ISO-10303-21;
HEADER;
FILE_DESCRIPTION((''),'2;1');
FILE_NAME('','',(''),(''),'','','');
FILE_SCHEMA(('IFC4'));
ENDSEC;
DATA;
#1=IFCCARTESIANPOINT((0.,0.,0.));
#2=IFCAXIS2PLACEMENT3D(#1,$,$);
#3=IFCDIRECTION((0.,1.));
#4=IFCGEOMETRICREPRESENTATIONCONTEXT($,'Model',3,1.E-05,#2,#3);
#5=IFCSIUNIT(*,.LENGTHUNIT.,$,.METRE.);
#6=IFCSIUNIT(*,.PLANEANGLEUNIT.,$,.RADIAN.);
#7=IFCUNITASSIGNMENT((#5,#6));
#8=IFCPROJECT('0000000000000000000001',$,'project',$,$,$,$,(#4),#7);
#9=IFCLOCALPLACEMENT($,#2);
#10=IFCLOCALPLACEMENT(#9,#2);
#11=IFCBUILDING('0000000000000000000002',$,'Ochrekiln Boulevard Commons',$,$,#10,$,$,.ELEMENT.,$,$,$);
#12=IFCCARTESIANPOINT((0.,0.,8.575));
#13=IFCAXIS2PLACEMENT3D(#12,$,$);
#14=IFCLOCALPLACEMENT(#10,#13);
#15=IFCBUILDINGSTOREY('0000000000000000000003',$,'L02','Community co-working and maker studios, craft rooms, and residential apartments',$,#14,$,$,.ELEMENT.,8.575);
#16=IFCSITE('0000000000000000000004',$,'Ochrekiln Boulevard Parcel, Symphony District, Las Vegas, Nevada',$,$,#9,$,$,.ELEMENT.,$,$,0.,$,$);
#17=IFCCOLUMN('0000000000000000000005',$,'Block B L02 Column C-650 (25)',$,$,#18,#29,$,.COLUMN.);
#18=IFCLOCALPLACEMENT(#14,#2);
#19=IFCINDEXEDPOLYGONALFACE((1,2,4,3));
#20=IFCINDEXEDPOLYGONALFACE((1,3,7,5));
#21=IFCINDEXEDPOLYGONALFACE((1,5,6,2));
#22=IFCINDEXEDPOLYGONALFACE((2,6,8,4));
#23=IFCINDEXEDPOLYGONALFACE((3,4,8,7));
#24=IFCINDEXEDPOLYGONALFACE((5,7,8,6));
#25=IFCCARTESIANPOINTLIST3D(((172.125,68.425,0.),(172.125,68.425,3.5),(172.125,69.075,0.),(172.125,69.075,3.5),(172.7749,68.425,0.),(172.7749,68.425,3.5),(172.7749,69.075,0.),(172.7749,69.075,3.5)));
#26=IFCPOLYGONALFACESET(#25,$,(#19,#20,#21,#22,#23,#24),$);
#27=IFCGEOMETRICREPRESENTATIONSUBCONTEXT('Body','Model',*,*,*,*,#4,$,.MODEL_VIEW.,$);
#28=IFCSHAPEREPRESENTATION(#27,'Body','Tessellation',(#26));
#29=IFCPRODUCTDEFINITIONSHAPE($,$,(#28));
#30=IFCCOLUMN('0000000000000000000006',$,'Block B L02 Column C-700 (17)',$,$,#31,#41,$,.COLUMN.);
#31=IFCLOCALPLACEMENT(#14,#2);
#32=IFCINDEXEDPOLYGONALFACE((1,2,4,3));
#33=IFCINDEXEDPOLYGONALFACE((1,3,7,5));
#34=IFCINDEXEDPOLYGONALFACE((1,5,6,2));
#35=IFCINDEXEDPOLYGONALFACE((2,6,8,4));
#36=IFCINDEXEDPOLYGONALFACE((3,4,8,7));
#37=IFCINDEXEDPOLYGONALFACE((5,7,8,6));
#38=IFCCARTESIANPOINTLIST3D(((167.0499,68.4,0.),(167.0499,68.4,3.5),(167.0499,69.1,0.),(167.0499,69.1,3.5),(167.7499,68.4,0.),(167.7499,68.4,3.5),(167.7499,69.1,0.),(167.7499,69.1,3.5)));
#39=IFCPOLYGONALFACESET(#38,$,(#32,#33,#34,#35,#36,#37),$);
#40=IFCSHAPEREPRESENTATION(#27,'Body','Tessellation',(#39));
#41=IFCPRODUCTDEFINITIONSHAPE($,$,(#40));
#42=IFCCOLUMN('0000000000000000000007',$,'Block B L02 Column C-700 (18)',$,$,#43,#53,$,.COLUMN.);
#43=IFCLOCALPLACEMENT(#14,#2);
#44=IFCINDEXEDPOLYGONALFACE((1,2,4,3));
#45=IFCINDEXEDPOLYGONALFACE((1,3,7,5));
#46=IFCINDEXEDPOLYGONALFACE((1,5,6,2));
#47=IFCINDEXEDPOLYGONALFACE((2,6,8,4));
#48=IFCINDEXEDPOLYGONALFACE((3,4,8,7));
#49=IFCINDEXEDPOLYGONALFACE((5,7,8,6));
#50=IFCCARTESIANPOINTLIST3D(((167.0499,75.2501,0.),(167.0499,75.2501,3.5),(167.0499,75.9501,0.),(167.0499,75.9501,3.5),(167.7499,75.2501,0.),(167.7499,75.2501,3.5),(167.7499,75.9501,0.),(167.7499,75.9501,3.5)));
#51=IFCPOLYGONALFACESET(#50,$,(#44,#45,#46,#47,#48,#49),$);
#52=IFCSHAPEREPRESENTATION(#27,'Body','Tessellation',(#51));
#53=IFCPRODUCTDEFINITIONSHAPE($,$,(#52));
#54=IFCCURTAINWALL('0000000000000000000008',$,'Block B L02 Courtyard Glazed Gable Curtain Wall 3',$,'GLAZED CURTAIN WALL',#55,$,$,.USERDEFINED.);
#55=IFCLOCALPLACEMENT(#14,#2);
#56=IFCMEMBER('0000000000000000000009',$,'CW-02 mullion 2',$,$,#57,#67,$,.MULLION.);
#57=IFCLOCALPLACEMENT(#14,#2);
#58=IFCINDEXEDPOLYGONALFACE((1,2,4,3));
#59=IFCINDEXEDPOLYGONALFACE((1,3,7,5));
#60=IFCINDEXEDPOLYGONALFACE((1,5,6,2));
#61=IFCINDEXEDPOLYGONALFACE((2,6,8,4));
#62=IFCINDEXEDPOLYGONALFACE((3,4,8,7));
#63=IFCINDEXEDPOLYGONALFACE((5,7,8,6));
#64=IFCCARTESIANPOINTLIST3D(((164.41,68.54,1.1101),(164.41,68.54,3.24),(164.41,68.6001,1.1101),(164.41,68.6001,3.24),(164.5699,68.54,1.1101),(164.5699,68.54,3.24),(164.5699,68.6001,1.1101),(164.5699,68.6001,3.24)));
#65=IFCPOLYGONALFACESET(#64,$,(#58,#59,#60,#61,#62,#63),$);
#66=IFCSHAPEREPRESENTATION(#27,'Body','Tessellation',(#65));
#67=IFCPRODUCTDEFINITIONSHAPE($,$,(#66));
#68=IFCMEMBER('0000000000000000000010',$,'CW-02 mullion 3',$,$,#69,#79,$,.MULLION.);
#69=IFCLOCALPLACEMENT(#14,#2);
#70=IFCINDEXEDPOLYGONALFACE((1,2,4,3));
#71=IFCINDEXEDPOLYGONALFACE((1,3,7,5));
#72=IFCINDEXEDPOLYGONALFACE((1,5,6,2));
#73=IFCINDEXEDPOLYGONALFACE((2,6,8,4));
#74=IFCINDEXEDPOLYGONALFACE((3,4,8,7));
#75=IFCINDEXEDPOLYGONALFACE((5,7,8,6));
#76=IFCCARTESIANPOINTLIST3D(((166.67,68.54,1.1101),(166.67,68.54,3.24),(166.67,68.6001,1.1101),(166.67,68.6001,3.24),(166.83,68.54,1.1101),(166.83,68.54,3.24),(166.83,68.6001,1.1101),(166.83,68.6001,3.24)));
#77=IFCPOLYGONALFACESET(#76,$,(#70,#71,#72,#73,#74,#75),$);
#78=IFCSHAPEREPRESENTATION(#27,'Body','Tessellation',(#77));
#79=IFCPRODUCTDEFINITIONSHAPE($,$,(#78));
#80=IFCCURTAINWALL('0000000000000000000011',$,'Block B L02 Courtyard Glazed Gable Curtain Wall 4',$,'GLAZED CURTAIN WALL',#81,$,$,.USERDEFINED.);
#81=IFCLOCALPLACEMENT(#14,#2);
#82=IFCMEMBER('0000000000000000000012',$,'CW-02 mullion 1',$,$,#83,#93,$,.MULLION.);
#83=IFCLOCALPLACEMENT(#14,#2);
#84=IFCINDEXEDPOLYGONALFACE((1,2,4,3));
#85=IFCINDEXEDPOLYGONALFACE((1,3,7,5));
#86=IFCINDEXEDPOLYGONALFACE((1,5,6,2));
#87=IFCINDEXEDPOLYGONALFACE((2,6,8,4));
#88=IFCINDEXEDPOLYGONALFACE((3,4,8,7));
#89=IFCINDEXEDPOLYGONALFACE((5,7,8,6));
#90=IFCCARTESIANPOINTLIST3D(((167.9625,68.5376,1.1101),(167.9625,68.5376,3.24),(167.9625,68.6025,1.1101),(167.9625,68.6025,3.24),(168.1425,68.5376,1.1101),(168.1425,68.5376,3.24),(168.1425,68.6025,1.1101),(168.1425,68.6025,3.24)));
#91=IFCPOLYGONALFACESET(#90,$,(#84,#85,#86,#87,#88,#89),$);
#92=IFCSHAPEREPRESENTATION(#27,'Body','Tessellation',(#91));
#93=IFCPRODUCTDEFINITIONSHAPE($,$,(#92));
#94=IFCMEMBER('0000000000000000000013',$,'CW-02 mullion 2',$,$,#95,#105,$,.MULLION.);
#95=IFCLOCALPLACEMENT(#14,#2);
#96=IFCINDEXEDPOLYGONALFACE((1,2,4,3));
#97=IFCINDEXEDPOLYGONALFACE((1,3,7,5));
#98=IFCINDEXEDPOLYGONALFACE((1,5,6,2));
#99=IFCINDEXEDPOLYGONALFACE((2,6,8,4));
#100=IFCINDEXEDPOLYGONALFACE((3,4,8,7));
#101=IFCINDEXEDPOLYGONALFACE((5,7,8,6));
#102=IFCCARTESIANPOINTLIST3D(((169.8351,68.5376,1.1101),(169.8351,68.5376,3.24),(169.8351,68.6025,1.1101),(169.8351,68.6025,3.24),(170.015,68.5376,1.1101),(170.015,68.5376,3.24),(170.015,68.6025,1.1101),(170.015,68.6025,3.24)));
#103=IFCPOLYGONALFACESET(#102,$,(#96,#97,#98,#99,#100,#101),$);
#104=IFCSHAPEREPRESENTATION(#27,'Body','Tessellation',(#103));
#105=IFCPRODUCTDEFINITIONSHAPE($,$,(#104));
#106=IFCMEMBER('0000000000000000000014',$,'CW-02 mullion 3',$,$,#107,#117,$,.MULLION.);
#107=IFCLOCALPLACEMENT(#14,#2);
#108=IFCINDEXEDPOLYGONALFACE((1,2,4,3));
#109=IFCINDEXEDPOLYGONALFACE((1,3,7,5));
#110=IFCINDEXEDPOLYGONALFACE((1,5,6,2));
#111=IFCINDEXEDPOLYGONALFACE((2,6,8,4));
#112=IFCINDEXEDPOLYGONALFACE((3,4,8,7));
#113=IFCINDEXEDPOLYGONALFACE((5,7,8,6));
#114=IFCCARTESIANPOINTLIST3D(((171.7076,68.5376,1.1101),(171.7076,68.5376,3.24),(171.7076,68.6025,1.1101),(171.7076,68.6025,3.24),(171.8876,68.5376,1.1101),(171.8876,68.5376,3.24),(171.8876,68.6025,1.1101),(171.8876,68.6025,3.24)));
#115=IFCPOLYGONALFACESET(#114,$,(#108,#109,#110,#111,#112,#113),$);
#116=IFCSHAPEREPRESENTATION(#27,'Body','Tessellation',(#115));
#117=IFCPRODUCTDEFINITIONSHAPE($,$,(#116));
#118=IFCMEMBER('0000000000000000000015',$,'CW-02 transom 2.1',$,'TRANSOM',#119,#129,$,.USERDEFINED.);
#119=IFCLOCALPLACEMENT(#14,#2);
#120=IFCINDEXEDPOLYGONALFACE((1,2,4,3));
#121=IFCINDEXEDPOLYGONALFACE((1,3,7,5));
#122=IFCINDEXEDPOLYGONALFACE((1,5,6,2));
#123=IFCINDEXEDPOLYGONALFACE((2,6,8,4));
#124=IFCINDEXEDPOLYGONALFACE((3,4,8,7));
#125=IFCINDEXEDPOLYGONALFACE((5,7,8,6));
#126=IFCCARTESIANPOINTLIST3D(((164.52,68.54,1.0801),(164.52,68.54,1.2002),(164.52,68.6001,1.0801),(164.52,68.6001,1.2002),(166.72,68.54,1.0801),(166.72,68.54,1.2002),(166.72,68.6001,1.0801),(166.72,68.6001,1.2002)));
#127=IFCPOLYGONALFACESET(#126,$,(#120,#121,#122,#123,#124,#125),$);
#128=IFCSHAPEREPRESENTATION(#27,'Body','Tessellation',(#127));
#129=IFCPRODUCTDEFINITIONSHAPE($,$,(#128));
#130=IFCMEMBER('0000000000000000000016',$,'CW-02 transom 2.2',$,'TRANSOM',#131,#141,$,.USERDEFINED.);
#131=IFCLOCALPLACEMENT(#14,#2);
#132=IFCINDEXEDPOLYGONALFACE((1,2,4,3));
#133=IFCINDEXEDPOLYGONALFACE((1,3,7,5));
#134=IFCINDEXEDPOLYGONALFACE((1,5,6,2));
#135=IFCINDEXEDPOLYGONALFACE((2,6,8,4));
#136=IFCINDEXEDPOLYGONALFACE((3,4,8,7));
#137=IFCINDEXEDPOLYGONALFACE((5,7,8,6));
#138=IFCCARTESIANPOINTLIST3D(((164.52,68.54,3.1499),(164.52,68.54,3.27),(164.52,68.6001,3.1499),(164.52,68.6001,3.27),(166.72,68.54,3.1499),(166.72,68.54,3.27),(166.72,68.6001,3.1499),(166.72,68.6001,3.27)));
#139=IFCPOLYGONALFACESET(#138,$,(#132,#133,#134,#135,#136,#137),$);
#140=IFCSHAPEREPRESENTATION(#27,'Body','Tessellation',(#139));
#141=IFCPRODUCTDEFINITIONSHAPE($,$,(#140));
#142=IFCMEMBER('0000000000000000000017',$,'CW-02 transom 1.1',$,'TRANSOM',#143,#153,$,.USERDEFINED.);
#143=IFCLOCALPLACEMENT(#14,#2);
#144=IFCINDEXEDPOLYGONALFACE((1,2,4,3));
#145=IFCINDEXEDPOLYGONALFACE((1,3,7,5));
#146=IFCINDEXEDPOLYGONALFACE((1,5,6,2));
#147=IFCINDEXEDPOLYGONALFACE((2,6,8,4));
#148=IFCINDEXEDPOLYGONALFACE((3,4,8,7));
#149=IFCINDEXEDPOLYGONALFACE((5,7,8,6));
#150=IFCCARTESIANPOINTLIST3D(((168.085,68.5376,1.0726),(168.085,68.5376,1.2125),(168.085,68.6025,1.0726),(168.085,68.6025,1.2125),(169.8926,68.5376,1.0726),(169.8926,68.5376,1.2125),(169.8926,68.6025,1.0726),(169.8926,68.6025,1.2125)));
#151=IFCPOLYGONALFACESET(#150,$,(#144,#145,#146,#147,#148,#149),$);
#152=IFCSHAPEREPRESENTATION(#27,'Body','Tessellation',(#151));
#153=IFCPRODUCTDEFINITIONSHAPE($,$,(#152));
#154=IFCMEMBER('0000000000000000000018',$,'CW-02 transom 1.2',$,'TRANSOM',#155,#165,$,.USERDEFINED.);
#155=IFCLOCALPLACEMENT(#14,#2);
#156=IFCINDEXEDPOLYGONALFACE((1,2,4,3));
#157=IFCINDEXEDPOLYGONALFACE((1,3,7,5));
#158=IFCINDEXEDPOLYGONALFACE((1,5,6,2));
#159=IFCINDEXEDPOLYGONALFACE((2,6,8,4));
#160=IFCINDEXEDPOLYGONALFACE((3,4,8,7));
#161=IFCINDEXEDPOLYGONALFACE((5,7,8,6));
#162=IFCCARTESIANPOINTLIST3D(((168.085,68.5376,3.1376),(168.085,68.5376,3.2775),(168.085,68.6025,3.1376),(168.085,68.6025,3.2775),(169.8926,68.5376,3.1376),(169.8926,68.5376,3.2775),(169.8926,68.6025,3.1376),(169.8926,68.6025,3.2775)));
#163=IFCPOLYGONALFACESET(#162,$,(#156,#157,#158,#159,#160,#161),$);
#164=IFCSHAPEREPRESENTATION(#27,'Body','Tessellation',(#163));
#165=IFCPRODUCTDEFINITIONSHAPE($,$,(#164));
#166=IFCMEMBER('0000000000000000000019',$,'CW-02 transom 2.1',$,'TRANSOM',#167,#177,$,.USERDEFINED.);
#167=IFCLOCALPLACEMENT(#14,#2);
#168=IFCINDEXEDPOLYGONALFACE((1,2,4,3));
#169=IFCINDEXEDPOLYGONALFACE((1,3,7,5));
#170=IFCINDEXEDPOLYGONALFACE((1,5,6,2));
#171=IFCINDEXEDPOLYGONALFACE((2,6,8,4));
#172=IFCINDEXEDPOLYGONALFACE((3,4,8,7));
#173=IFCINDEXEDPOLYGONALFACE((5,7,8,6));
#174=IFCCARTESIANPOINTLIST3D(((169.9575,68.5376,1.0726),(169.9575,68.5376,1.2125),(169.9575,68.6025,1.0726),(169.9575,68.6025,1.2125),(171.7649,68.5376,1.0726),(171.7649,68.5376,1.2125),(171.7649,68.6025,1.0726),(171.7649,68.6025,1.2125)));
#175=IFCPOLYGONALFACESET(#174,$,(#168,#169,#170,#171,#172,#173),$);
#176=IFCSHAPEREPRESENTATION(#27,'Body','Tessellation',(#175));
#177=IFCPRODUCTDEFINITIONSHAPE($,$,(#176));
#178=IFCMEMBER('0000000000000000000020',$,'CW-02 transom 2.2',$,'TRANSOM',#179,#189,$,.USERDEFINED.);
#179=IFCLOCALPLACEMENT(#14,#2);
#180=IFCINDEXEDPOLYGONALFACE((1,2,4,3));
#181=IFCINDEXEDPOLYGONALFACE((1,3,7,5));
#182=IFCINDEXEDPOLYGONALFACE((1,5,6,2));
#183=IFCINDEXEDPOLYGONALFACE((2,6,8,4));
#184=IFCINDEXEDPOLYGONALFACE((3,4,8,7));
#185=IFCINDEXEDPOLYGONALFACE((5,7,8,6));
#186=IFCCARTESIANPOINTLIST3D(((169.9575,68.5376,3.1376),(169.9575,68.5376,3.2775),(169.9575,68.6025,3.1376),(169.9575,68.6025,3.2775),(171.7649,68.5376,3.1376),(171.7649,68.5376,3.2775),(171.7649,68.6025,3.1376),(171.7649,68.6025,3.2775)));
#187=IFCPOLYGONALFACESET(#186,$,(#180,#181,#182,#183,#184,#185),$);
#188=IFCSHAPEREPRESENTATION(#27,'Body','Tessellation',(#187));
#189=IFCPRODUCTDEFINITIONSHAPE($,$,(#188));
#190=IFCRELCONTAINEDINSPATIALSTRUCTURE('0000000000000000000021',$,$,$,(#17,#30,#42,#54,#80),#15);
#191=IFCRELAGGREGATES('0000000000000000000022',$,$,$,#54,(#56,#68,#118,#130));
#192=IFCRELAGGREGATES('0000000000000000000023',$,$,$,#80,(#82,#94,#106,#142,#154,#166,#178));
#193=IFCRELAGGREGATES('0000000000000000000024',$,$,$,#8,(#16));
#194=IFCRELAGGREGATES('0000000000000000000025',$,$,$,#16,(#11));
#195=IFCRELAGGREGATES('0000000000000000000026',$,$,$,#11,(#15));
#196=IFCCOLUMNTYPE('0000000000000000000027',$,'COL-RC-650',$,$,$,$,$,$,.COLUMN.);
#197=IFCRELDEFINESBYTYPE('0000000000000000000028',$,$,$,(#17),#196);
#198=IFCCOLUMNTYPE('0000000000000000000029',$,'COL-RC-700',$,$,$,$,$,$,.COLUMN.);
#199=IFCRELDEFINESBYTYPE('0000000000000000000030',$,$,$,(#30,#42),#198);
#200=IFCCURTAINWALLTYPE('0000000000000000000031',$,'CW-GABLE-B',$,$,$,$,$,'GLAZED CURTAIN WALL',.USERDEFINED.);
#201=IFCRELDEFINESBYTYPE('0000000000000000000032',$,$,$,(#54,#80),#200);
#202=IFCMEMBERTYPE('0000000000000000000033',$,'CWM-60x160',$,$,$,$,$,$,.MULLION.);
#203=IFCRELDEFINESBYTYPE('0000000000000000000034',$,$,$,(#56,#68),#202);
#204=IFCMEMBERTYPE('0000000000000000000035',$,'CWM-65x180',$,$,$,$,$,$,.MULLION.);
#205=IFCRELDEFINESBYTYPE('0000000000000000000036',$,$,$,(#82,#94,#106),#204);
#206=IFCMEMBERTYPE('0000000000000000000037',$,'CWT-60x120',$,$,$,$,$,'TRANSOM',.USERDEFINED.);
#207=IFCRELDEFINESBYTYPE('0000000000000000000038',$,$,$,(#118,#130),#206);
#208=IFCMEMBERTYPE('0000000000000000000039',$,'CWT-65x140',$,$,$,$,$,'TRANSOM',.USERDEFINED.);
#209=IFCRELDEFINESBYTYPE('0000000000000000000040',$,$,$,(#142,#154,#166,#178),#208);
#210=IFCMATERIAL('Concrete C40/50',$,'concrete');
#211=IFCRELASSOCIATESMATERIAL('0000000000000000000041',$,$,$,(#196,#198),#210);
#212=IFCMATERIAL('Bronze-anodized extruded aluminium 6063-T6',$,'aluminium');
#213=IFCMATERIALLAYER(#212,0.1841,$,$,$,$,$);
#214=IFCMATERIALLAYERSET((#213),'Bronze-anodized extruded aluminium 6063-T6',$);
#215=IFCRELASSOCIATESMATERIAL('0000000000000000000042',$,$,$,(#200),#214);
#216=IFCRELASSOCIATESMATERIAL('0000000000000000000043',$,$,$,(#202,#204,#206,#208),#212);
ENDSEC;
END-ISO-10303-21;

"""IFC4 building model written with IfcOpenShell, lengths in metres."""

from ifc_helpers import new_model, si_unit, direction, frame, origin, origin_2d, place, context, subcontext, project, spatial, rectangle, extrude, material, layer, layer_set, material_profile, profile_set, type_object, element, aggregate, save


model = new_model("IFC4")

# Units and contexts
model_context = context("Model", 3, precision=1e-05, world=origin(), true_north=direction((0.0, 1.0)))
body_context = subcontext(model_context, "Body", "Model", "MODEL_VIEW")
ifc_project = project(units=[si_unit("LENGTHUNIT", "METRE"), si_unit("PLANEANGLEUNIT", "RADIAN")], contexts=[model_context])

# Site, building, storey
site_placement = place(None, origin())
site = spatial("IfcSite", under=ifc_project, at=site_placement, Name="Ochrekiln Boulevard Parcel, Symphony District, Las Vegas, Nevada", CompositionType="ELEMENT", RefElevation=0.0)
building_placement = place(site_placement, origin())
building = spatial("IfcBuilding", under=site, at=building_placement, Name="Ochrekiln Boulevard Commons", CompositionType="ELEMENT")
storey_placement = place(building_placement, frame((0.0, 0.0, 8.575)))
storey = spatial("IfcBuildingStorey", under=building, at=storey_placement, Name="L02", Description="Community co-working and maker studios, craft rooms, and residential apartments", CompositionType="ELEMENT", Elevation=8.575)

# Columns
ifc_material_1 = material(Name="Concrete C40/50", Category="concrete")
ifc_material_profile_1 = material_profile(ifc_material_1, rectangle(XDim=0.6499, YDim=0.6499, at=origin_2d()), Name="RC-COL-650x650")
ifc_profile_set_1 = profile_set([ifc_material_profile_1], Name="Concrete C40/50")
column_type_1 = type_object("IfcColumnType", Name="COL-RC-650", PredefinedType="COLUMN", material=ifc_profile_set_1)
column_placement = place(storey_placement, frame((172.45, 68.75, 0.0), z_axis=(0.0, 0.0, 1.0), x_axis=(1.0, 0.0, 0.0)))
element("IfcColumn", 1, at=column_placement, inside=storey, type_object=column_type_1, Name="Block B L02 Column C-650 (25)", PredefinedType="COLUMN", context=body_context, shape_type="SweptSolid", body=[
    extrude(rectangle(XDim=0.6499, YDim=0.6499, at=origin_2d()), origin(), (0.0, 0.0, 1.0), 3.5),
])
ifc_material_profile_2 = material_profile(ifc_material_1, rectangle(XDim=0.7, YDim=0.7, at=origin_2d()), Name="RC-COL-700x700")
ifc_profile_set_2 = profile_set([ifc_material_profile_2], Name="Concrete C40/50")
column_type_2 = type_object("IfcColumnType", Name="COL-RC-700", PredefinedType="COLUMN", material=ifc_profile_set_2)
for number, where, z_axis, x_axis, name in (
    (2, (167.3999, 68.75, 0.0), (0.0, 0.0, 1.0), (1.0, 0.0, 0.0), "Block B L02 Column C-700 (17)"),
    (3, (167.3999, 75.6001, 0.0), (0.0, 0.0, 1.0), (1.0, 0.0, 0.0), "Block B L02 Column C-700 (18)"),
):
    element("IfcColumn", number, at=place(storey_placement, frame(where, z_axis=z_axis, x_axis=x_axis)), inside=storey, type_object=column_type_2, Name=name, PredefinedType="COLUMN", context=body_context, shape_type="SweptSolid", body=[
        extrude(rectangle(XDim=0.7, YDim=0.7, at=origin_2d()), origin(), (0.0, 0.0, 1.0), 3.5),
    ])

# Curtain walls, members
ifc_material_2 = material(Name="Bronze-anodized extruded aluminium 6063-T6", Category="aluminium")
ifc_layer_1 = layer(ifc_material_2, 0.1841)
ifc_layer_set_1 = layer_set([ifc_layer_1], Name="Bronze-anodized extruded aluminium 6063-T6")
curtain_wall_type = type_object("IfcCurtainWallType", Name="CW-GABLE-B", ElementType="GLAZED CURTAIN WALL", PredefinedType="USERDEFINED", material=ifc_layer_set_1)
curtain_wall_1_placement = place(storey_placement, origin())
curtain_wall_1 = element("IfcCurtainWall", 4, at=curtain_wall_1_placement, inside=storey, type_object=curtain_wall_type, Name="Block B L02 Courtyard Glazed Gable Curtain Wall 3", ObjectType="GLAZED CURTAIN WALL", PredefinedType="USERDEFINED")
ifc_material_profile_3 = material_profile(ifc_material_2, rectangle(XDim=0.0601, YDim=0.1599, at=origin_2d()), Name="ALU-MUL-60x160")
ifc_profile_set_3 = profile_set([ifc_material_profile_3], Name="Bronze-anodized extruded aluminium 6063-T6")
member_type_1 = type_object("IfcMemberType", Name="CWM-60x160", PredefinedType="MULLION", material=ifc_profile_set_3)
member_1_placement = place(storey_placement, frame((164.49, 68.5701, 1.1101), z_axis=(0.0, 0.0, 1.0), x_axis=(0.0, 1.0, 0.0)))
member_1 = element("IfcMember", 5, at=member_1_placement, type_object=member_type_1, Name="CW-02 mullion 2", PredefinedType="MULLION", context=body_context, shape_type="SweptSolid", body=[
    extrude(rectangle(XDim=0.0601, YDim=0.1599, at=origin_2d()), origin(), (0.0, 0.0, 1.0), 2.1299),
])
member_2_placement = place(storey_placement, frame((166.75, 68.5701, 1.1101), z_axis=(0.0, 0.0, 1.0), x_axis=(0.0, 1.0, 0.0)))
member_2 = element("IfcMember", 6, at=member_2_placement, type_object=member_type_1, Name="CW-02 mullion 3", PredefinedType="MULLION", context=body_context, shape_type="SweptSolid", body=[
    extrude(rectangle(XDim=0.0601, YDim=0.1599, at=origin_2d()), origin(), (0.0, 0.0, 1.0), 2.1299),
])
curtain_wall_2_placement = place(storey_placement, origin())
curtain_wall_2 = element("IfcCurtainWall", 7, at=curtain_wall_2_placement, inside=storey, type_object=curtain_wall_type, Name="Block B L02 Courtyard Glazed Gable Curtain Wall 4", ObjectType="GLAZED CURTAIN WALL", PredefinedType="USERDEFINED")
ifc_material_profile_4 = material_profile(ifc_material_2, rectangle(XDim=0.0649, YDim=0.1799, at=origin_2d()), Name="ALU-MUL-65x180")
ifc_profile_set_4 = profile_set([ifc_material_profile_4], Name="Bronze-anodized extruded aluminium 6063-T6")
member_type_2 = type_object("IfcMemberType", Name="CWM-65x180", PredefinedType="MULLION", material=ifc_profile_set_4)
member_3_placement = place(storey_placement, frame((168.0525, 68.5701, 1.1101), z_axis=(0.0, 0.0, 1.0), x_axis=(0.0, 1.0, 0.0)))
member_3 = element("IfcMember", 8, at=member_3_placement, type_object=member_type_2, Name="CW-02 mullion 1", PredefinedType="MULLION", context=body_context, shape_type="SweptSolid", body=[
    extrude(rectangle(XDim=0.0649, YDim=0.1799, at=origin_2d()), origin(), (0.0, 0.0, 1.0), 2.1299),
])
member_4_placement = place(storey_placement, frame((169.925, 68.5701, 1.1101), z_axis=(0.0, 0.0, 1.0), x_axis=(0.0, 1.0, 0.0)))
member_4 = element("IfcMember", 9, at=member_4_placement, type_object=member_type_2, Name="CW-02 mullion 2", PredefinedType="MULLION", context=body_context, shape_type="SweptSolid", body=[
    extrude(rectangle(XDim=0.0649, YDim=0.1799, at=origin_2d()), origin(), (0.0, 0.0, 1.0), 2.1299),
])
member_5_placement = place(storey_placement, frame((171.7976, 68.5701, 1.1101), z_axis=(0.0, 0.0, 1.0), x_axis=(0.0, 1.0, 0.0)))
member_5 = element("IfcMember", 10, at=member_5_placement, type_object=member_type_2, Name="CW-02 mullion 3", PredefinedType="MULLION", context=body_context, shape_type="SweptSolid", body=[
    extrude(rectangle(XDim=0.0649, YDim=0.1799, at=origin_2d()), origin(), (0.0, 0.0, 1.0), 2.1299),
])

# Members
ifc_material_profile_5 = material_profile(ifc_material_2, rectangle(XDim=0.0601, YDim=0.1201, at=origin_2d()), Name="ALU-TRN-60x120")
ifc_profile_set_5 = profile_set([ifc_material_profile_5], Name="Bronze-anodized extruded aluminium 6063-T6")
member_type_3 = type_object("IfcMemberType", Name="CWT-60x120", ElementType="TRANSOM", PredefinedType="USERDEFINED", material=ifc_profile_set_5)
member_6_placement = place(storey_placement, frame((164.52, 68.5701, 1.1401), z_axis=(1.0, 0.0, 0.0), x_axis=(0.0, 1.0, 0.0)))
member_6 = element("IfcMember", 11, at=member_6_placement, type_object=member_type_3, Name="CW-02 transom 2.1", ObjectType="TRANSOM", PredefinedType="USERDEFINED", context=body_context, shape_type="SweptSolid", body=[
    extrude(rectangle(XDim=0.0601, YDim=0.1201, at=origin_2d()), origin(), (0.0, 0.0, 1.0), 2.2),
])
member_7_placement = place(storey_placement, frame((164.52, 68.5701, 3.21), z_axis=(1.0, 0.0, 0.0), x_axis=(0.0, 1.0, 0.0)))
member_7 = element("IfcMember", 12, at=member_7_placement, type_object=member_type_3, Name="CW-02 transom 2.2", ObjectType="TRANSOM", PredefinedType="USERDEFINED", context=body_context, shape_type="SweptSolid", body=[
    extrude(rectangle(XDim=0.0601, YDim=0.1201, at=origin_2d()), origin(), (0.0, 0.0, 1.0), 2.2),
])
ifc_material_profile_6 = material_profile(ifc_material_2, rectangle(XDim=0.0649, YDim=0.1399, at=origin_2d()), Name="ALU-TRN-65x140")
ifc_profile_set_6 = profile_set([ifc_material_profile_6], Name="Bronze-anodized extruded aluminium 6063-T6")
member_type_4 = type_object("IfcMemberType", Name="CWT-65x140", ElementType="TRANSOM", PredefinedType="USERDEFINED", material=ifc_profile_set_6)
member_8_placement = place(storey_placement, frame((168.085, 68.5701, 1.1426), z_axis=(1.0, 0.0, 0.0), x_axis=(0.0, 1.0, 0.0)))
member_8 = element("IfcMember", 13, at=member_8_placement, type_object=member_type_4, Name="CW-02 transom 1.1", ObjectType="TRANSOM", PredefinedType="USERDEFINED", context=body_context, shape_type="SweptSolid", body=[
    extrude(rectangle(XDim=0.0649, YDim=0.1399, at=origin_2d()), origin(), (0.0, 0.0, 1.0), 1.8076),
])
member_9_placement = place(storey_placement, frame((168.085, 68.5701, 3.2075), z_axis=(1.0, 0.0, 0.0), x_axis=(0.0, 1.0, 0.0)))
member_9 = element("IfcMember", 14, at=member_9_placement, type_object=member_type_4, Name="CW-02 transom 1.2", ObjectType="TRANSOM", PredefinedType="USERDEFINED", context=body_context, shape_type="SweptSolid", body=[
    extrude(rectangle(XDim=0.0649, YDim=0.1399, at=origin_2d()), origin(), (0.0, 0.0, 1.0), 1.8076),
])
member_10_placement = place(storey_placement, frame((169.9575, 68.5701, 1.1426), z_axis=(1.0, 0.0, 0.0), x_axis=(0.0, 1.0, 0.0)))
member_10 = element("IfcMember", 15, at=member_10_placement, type_object=member_type_4, Name="CW-02 transom 2.1", ObjectType="TRANSOM", PredefinedType="USERDEFINED", context=body_context, shape_type="SweptSolid", body=[
    extrude(rectangle(XDim=0.0649, YDim=0.1399, at=origin_2d()), origin(), (0.0, 0.0, 1.0), 1.8074),
])
member_11_placement = place(storey_placement, frame((169.9575, 68.5701, 3.2075), z_axis=(1.0, 0.0, 0.0), x_axis=(0.0, 1.0, 0.0)))
member_11 = element("IfcMember", 16, at=member_11_placement, type_object=member_type_4, Name="CW-02 transom 2.2", ObjectType="TRANSOM", PredefinedType="USERDEFINED", context=body_context, shape_type="SweptSolid", body=[
    extrude(rectangle(XDim=0.0649, YDim=0.1399, at=origin_2d()), origin(), (0.0, 0.0, 1.0), 1.8074),
])

aggregate(curtain_wall_1, [member_1, member_2, member_6, member_7])
aggregate(curtain_wall_2, [member_3, member_4, member_5, member_8, member_9, member_10, member_11])

save(model, "model.ifc")
